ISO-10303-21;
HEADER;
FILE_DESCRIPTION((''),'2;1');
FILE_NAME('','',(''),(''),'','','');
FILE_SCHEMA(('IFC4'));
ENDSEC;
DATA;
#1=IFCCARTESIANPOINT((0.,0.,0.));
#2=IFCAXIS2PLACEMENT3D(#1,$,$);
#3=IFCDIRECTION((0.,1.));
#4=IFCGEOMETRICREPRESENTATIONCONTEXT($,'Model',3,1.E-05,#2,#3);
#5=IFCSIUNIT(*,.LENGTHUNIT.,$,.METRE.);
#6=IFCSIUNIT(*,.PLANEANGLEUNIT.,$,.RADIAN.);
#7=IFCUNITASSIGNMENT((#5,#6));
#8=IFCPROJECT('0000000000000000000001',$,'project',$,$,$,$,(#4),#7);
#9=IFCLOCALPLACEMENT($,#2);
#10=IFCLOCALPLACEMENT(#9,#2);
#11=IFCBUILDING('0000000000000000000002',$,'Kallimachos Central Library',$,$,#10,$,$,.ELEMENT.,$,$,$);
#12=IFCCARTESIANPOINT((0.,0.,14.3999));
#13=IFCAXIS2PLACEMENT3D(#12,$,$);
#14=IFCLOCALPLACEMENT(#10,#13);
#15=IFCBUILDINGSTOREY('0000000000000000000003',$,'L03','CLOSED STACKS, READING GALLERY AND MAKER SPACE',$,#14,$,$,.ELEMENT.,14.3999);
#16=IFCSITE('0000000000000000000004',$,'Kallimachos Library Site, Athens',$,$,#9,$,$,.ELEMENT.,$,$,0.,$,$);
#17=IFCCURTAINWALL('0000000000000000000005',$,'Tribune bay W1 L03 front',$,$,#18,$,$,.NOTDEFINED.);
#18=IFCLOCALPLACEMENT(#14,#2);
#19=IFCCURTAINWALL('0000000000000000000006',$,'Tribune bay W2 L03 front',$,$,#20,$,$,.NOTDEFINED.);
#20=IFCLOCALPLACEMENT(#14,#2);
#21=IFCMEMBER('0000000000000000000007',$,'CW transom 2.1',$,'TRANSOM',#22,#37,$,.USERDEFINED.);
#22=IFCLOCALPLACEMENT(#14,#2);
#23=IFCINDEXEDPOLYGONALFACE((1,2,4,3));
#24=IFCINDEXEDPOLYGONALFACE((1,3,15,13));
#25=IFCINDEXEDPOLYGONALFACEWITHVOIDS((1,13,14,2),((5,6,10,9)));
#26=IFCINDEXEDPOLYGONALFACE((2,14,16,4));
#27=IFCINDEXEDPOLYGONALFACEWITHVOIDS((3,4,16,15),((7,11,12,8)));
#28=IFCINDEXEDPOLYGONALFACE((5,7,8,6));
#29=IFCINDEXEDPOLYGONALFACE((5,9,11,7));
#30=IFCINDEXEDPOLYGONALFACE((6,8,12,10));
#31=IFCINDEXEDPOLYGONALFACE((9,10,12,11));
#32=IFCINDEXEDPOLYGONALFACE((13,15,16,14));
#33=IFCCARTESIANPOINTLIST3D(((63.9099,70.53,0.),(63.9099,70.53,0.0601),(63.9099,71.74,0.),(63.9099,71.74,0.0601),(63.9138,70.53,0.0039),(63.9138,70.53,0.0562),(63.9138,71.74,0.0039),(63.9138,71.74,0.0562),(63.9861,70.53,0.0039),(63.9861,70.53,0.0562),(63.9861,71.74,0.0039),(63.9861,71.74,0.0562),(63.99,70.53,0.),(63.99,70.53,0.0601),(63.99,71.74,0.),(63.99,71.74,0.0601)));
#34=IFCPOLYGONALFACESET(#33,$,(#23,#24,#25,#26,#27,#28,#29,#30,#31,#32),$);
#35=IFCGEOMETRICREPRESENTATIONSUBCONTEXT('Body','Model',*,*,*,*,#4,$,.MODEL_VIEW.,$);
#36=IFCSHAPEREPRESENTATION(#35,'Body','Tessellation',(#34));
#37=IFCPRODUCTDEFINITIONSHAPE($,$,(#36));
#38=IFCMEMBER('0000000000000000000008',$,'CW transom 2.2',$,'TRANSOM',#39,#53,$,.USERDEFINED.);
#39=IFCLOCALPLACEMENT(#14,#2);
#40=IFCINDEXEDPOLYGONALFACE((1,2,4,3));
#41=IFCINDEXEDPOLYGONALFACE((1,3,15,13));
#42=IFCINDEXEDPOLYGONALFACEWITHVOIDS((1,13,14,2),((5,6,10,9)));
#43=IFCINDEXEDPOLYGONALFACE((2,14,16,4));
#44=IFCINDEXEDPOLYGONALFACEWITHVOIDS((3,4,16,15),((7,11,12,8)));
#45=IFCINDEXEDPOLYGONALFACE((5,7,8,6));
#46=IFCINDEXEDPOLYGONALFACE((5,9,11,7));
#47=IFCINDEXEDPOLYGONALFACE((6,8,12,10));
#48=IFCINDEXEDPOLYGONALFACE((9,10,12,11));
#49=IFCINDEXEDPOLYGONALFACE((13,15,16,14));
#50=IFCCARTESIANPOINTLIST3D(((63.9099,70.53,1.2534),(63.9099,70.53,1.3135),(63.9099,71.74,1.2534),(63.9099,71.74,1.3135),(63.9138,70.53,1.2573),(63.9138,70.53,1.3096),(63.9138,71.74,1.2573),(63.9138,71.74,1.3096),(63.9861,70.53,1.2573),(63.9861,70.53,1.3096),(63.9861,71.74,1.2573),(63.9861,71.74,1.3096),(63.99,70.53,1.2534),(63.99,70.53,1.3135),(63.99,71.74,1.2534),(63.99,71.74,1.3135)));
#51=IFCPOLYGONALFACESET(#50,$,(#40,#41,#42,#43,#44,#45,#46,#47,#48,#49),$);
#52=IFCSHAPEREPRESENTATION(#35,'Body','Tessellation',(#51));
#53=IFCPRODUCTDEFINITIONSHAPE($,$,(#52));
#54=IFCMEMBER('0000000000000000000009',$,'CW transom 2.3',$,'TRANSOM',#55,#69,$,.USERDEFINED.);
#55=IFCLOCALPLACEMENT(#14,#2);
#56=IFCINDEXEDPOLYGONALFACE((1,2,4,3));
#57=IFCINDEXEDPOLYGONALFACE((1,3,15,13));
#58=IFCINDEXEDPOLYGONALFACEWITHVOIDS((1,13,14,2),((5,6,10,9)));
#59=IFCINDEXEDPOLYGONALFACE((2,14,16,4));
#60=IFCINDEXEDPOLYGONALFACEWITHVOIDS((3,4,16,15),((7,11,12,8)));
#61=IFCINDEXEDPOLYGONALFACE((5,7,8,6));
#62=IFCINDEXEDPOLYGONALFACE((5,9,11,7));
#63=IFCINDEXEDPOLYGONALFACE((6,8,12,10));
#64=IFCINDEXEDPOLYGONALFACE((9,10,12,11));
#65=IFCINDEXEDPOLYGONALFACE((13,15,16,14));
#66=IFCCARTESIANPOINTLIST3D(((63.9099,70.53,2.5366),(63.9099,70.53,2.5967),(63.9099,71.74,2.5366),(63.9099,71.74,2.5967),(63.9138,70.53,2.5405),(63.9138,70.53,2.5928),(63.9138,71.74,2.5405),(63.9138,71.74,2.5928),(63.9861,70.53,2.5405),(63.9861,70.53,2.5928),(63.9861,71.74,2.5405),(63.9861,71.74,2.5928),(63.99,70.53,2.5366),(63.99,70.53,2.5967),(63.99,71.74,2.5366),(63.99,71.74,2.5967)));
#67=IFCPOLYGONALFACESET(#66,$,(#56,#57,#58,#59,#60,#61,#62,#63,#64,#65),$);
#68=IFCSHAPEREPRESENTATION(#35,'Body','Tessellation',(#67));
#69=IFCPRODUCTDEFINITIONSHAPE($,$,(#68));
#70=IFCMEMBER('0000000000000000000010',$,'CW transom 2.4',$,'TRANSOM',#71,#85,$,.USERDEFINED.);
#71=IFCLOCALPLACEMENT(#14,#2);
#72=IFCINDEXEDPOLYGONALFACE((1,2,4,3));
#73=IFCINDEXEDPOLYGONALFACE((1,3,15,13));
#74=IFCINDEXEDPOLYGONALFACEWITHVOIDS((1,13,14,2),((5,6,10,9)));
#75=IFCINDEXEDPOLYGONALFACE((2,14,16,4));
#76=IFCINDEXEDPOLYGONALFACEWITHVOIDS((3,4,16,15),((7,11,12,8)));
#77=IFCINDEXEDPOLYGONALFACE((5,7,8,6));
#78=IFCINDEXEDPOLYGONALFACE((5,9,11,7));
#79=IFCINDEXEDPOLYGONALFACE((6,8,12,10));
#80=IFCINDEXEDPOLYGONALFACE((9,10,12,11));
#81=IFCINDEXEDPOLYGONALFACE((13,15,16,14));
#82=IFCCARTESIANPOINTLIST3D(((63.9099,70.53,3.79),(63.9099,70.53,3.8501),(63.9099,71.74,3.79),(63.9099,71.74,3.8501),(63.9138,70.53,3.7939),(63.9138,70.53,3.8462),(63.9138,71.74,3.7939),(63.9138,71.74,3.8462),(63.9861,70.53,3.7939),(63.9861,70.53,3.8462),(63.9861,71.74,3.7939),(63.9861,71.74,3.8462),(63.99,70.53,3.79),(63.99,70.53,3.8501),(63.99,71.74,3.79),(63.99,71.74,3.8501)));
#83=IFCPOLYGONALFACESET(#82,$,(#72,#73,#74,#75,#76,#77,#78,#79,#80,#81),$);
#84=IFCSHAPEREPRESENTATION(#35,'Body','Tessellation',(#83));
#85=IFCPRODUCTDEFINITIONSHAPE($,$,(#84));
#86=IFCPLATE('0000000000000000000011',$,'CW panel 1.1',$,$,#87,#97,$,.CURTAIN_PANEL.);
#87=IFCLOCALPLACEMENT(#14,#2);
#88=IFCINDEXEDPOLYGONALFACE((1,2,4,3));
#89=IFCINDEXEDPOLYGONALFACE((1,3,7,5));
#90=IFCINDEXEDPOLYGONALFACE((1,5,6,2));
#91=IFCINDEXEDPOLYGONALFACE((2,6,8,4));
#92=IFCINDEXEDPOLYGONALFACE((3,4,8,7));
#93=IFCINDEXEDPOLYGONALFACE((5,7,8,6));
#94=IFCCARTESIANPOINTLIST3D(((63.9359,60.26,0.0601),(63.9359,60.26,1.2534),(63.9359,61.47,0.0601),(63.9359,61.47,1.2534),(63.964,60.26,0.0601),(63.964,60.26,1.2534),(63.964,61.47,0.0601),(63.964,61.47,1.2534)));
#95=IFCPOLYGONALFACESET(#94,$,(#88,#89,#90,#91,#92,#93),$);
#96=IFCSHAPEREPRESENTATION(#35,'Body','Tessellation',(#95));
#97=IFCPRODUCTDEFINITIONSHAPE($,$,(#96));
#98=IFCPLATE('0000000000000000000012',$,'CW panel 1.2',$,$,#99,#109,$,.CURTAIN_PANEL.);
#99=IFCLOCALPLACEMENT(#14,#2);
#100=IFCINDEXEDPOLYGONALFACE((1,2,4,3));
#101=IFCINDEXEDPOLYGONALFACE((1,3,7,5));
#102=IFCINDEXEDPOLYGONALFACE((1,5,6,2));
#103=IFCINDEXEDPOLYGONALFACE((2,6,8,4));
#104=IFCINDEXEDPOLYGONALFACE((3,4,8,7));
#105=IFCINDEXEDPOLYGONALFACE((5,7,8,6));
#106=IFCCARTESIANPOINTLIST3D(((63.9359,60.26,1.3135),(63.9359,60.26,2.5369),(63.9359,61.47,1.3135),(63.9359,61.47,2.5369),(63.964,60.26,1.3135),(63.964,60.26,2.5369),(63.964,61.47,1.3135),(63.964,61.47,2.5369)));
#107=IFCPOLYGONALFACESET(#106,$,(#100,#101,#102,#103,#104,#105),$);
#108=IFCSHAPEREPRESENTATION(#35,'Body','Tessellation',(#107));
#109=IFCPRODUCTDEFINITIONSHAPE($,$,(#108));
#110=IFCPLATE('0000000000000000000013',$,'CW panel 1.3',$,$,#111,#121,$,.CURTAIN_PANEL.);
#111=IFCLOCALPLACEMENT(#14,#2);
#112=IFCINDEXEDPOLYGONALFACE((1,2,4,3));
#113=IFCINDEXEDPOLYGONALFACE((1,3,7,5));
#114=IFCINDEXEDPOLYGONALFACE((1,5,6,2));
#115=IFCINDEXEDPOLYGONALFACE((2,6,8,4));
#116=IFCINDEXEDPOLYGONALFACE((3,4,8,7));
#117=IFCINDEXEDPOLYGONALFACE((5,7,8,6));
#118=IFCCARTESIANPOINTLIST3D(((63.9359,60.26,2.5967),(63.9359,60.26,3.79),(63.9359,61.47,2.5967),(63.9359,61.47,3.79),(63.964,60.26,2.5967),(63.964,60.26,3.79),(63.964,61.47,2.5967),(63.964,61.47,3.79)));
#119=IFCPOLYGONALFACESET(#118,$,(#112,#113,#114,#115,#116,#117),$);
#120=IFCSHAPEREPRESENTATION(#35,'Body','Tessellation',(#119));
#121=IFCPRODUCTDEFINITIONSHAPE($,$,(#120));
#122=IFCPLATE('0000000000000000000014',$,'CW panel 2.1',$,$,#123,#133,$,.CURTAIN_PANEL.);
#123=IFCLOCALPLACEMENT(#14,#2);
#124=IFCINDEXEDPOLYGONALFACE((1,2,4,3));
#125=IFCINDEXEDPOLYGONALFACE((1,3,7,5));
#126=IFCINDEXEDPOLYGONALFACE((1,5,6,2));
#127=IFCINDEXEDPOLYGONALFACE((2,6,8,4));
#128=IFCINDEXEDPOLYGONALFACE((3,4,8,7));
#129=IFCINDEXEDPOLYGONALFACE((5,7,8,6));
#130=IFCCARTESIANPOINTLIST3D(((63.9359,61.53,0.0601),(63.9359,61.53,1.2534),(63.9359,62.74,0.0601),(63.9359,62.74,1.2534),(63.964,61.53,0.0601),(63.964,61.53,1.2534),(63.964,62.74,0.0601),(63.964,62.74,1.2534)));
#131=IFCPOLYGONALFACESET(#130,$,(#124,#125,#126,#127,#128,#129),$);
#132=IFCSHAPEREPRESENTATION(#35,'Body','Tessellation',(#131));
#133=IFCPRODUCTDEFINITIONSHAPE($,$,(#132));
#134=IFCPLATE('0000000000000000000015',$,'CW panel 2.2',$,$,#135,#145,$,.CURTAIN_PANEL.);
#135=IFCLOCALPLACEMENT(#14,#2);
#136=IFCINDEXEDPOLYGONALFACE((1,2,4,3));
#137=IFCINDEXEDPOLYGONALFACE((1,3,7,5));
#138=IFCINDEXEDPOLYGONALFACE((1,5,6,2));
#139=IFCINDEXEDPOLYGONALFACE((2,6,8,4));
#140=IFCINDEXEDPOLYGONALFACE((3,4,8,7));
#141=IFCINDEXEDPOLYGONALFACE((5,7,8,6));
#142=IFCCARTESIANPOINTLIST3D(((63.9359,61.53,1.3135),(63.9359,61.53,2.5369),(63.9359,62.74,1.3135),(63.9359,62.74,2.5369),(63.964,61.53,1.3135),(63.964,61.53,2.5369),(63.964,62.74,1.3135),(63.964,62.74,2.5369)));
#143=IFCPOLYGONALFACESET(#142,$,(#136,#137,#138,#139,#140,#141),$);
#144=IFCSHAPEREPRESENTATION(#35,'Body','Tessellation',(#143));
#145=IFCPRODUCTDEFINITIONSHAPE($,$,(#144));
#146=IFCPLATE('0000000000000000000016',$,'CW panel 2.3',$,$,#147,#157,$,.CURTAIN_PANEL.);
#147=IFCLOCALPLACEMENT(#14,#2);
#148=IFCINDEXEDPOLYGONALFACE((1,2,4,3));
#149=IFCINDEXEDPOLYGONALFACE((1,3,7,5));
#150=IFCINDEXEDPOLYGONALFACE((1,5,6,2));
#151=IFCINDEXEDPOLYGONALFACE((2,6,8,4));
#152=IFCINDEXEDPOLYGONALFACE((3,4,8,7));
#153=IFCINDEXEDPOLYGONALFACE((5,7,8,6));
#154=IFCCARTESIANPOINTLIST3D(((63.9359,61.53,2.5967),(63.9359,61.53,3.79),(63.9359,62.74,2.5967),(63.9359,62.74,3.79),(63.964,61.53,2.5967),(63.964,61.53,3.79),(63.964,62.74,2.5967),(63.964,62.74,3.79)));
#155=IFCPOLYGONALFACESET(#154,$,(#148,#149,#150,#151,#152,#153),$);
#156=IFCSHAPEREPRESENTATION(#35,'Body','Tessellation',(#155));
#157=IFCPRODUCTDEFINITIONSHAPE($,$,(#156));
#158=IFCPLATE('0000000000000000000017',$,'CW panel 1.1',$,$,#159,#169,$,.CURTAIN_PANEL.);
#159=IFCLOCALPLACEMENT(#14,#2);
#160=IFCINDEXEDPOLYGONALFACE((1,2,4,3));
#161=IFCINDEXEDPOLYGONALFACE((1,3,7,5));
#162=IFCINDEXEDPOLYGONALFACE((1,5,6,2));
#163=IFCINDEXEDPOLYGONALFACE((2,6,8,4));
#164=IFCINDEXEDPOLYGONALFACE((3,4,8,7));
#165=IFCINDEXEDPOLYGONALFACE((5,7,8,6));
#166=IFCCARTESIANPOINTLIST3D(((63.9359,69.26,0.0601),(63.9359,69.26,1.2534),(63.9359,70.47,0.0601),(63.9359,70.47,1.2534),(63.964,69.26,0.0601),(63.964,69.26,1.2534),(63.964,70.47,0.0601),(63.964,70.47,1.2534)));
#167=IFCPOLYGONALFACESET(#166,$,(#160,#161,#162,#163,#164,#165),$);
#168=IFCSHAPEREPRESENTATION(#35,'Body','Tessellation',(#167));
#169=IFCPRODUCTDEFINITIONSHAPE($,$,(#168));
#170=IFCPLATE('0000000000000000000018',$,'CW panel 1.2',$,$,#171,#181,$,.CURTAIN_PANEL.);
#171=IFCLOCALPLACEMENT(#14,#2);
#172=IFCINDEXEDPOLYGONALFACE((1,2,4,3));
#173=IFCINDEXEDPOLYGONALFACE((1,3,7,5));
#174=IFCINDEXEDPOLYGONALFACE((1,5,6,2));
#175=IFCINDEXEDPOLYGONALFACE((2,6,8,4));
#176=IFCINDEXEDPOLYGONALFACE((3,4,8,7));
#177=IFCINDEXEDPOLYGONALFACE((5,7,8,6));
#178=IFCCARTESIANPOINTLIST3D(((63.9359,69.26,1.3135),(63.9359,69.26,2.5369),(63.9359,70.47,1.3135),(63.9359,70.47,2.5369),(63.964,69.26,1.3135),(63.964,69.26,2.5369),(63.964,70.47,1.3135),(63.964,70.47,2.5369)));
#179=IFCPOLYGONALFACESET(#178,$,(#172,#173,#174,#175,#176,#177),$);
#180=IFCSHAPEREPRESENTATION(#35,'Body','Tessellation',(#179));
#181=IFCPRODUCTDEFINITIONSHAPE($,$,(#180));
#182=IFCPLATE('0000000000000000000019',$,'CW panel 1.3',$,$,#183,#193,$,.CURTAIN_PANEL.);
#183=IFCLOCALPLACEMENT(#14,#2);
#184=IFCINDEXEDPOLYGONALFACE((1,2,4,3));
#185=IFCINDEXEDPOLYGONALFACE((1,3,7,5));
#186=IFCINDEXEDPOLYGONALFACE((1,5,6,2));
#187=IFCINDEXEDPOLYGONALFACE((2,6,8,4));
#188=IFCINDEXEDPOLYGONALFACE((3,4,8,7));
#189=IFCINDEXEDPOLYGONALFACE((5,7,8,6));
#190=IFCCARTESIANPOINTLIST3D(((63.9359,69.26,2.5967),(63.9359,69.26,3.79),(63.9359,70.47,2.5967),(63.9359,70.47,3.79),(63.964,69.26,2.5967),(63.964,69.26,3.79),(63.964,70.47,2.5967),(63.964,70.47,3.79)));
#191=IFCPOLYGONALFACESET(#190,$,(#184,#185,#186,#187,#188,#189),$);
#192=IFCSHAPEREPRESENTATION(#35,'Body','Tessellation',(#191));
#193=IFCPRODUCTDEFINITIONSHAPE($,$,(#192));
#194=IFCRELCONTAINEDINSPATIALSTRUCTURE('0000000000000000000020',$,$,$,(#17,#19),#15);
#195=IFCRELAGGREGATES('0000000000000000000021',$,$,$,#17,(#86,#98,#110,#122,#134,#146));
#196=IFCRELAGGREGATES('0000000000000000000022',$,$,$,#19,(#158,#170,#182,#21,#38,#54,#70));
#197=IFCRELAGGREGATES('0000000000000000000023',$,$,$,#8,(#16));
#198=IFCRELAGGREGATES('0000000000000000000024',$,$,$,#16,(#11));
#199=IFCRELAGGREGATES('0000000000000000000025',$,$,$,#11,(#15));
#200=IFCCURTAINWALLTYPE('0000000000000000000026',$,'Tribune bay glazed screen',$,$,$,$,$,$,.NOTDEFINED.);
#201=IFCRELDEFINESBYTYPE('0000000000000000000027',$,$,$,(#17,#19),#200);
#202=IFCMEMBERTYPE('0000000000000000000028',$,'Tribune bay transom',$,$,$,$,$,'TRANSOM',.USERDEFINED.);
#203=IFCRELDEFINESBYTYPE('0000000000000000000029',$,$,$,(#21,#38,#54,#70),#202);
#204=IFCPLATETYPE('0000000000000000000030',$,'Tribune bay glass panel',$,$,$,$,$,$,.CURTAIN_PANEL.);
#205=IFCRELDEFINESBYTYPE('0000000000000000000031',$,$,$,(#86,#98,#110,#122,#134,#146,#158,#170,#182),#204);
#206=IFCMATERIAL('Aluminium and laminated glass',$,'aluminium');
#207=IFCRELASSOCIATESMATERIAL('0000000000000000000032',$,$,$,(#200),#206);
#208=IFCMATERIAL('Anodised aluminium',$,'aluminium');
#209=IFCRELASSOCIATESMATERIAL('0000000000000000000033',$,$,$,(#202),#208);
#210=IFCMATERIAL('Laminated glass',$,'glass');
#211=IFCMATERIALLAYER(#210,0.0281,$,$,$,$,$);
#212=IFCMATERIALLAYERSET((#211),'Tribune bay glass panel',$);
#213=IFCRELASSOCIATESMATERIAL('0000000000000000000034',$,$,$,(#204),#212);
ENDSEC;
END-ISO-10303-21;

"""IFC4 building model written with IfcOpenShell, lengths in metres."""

from ifc_helpers import new_model, si_unit, direction, frame, origin, origin_2d, place, context, subcontext, project, spatial, rectangle, hollow_rectangle, extrude, material, layer, layer_set, material_profile, profile_set, type_object, element, aggregate, save


model = new_model("IFC4")

# Units and contexts
model_context = context("Model", 3, precision=1e-05, world=origin(), true_north=direction((0.0, 1.0)))
body_context = subcontext(model_context, "Body", "Model", "MODEL_VIEW")
ifc_project = project(units=[si_unit("LENGTHUNIT", "METRE"), si_unit("PLANEANGLEUNIT", "RADIAN")], contexts=[model_context])

# Site, building, storey
site_placement = place(None, origin())
site = spatial("IfcSite", under=ifc_project, at=site_placement, Name="Kallimachos Library Site, Athens", CompositionType="ELEMENT", RefElevation=0.0)
building_placement = place(site_placement, origin())
building = spatial("IfcBuilding", under=site, at=building_placement, Name="Kallimachos Central Library", CompositionType="ELEMENT")
storey_placement = place(building_placement, frame((0.0, 0.0, 14.3999)))
storey = spatial("IfcBuildingStorey", under=building, at=storey_placement, Name="L03", Description="CLOSED STACKS, READING GALLERY AND MAKER SPACE", CompositionType="ELEMENT", Elevation=14.3999)

# Curtain wall
ifc_material_1 = material(Name="Aluminium and laminated glass", Category="aluminium")
curtain_wall_type = type_object("IfcCurtainWallType", Name="Tribune bay glazed screen", PredefinedType="NOTDEFINED", material=ifc_material_1)
curtain_wall_1_placement = place(storey_placement, origin())
curtain_wall_1 = element("IfcCurtainWall", 1, at=curtain_wall_1_placement, inside=storey, type_object=curtain_wall_type, Name="Tribune bay W1 L03 front", PredefinedType="NOTDEFINED")

# Curtain wall
curtain_wall_2_placement = place(storey_placement, origin())
curtain_wall_2 = element("IfcCurtainWall", 2, at=curtain_wall_2_placement, inside=storey, type_object=curtain_wall_type, Name="Tribune bay W2 L03 front", PredefinedType="NOTDEFINED")

# Members
ifc_material_2 = material(Name="Anodised aluminium", Category="aluminium")
ifc_material_profile_1 = material_profile(ifc_material_2, hollow_rectangle(XDim=0.0601, YDim=0.0801, WallThickness=0.0039, at=origin_2d()), Name="ALU TRANSOM 60x80")
ifc_profile_set_1 = profile_set([ifc_material_profile_1], Name="Anodised aluminium")
member_type_1 = type_object("IfcMemberType", Name="Tribune bay transom", ElementType="TRANSOM", PredefinedType="USERDEFINED", material=ifc_profile_set_1)
member_1_placement = place(storey_placement, frame((63.95, 70.53, 0.03), z_axis=(0.0, 1.0, 0.0), x_axis=(0.0, 0.0, 1.0)))
member_1 = element("IfcMember", 3, at=member_1_placement, type_object=member_type_1, Name="CW transom 2.1", ObjectType="TRANSOM", PredefinedType="USERDEFINED", context=body_context, shape_type="SweptSolid", body=[
    extrude(hollow_rectangle(XDim=0.0601, YDim=0.0801, WallThickness=0.0039, at=origin_2d()), origin(), (0.0, 0.0, 1.0), 1.21),
])
member_2_placement = place(storey_placement, frame((63.95, 70.53, 1.2834), z_axis=(0.0, 1.0, 0.0), x_axis=(0.0, 0.0, 1.0)))
member_2 = element("IfcMember", 4, at=member_2_placement, type_object=member_type_1, Name="CW transom 2.2", ObjectType="TRANSOM", PredefinedType="USERDEFINED", context=body_context, shape_type="SweptSolid", body=[
    extrude(hollow_rectangle(XDim=0.0601, YDim=0.0801, WallThickness=0.0039, at=origin_2d()), origin(), (0.0, 0.0, 1.0), 1.21),
])
member_3_placement = place(storey_placement, frame((63.95, 70.53, 2.5667), z_axis=(0.0, 1.0, 0.0), x_axis=(0.0, 0.0, 1.0)))
member_3 = element("IfcMember", 5, at=member_3_placement, type_object=member_type_1, Name="CW transom 2.3", ObjectType="TRANSOM", PredefinedType="USERDEFINED", context=body_context, shape_type="SweptSolid", body=[
    extrude(hollow_rectangle(XDim=0.0601, YDim=0.0801, WallThickness=0.0039, at=origin_2d()), origin(), (0.0, 0.0, 1.0), 1.21),
])
member_4_placement = place(storey_placement, frame((63.95, 70.53, 3.8201), z_axis=(0.0, 1.0, 0.0), x_axis=(0.0, 0.0, 1.0)))
member_4 = element("IfcMember", 6, at=member_4_placement, type_object=member_type_1, Name="CW transom 2.4", ObjectType="TRANSOM", PredefinedType="USERDEFINED", context=body_context, shape_type="SweptSolid", body=[
    extrude(hollow_rectangle(XDim=0.0601, YDim=0.0801, WallThickness=0.0039, at=origin_2d()), origin(), (0.0, 0.0, 1.0), 1.21),
])

# Plates
ifc_material_3 = material(Name="Laminated glass", Category="glass")
ifc_layer = layer(ifc_material_3, 0.0281)
ifc_layer_set = layer_set([ifc_layer], Name="Tribune bay glass panel")
plate_type = type_object("IfcPlateType", Name="Tribune bay glass panel", PredefinedType="CURTAIN_PANEL", material=ifc_layer_set)
plate_1_placement = place(storey_placement, frame((63.95, 60.865, 0.0601), z_axis=(0.0, 0.0, 1.0), x_axis=(0.0, 1.0, 0.0)))
plate_1 = element("IfcPlate", 7, at=plate_1_placement, type_object=plate_type, Name="CW panel 1.1", PredefinedType="CURTAIN_PANEL", context=body_context, shape_type="SweptSolid", body=[
    extrude(rectangle(XDim=1.21, YDim=0.0281, at=origin_2d()), origin(), (0.0, 0.0, 1.0), 1.1934),
])
plate_2_placement = place(storey_placement, frame((63.95, 60.865, 1.3135), z_axis=(0.0, 0.0, 1.0), x_axis=(0.0, 1.0, 0.0)))
plate_2 = element("IfcPlate", 8, at=plate_2_placement, type_object=plate_type, Name="CW panel 1.2", PredefinedType="CURTAIN_PANEL", context=body_context, shape_type="SweptSolid", body=[
    extrude(rectangle(XDim=1.21, YDim=0.0281, at=origin_2d()), origin(), (0.0, 0.0, 1.0), 1.2234),
])
plate_3_placement = place(storey_placement, frame((63.95, 60.865, 2.5967), z_axis=(0.0, 0.0, 1.0), x_axis=(0.0, 1.0, 0.0)))
plate_3 = element("IfcPlate", 9, at=plate_3_placement, type_object=plate_type, Name="CW panel 1.3", PredefinedType="CURTAIN_PANEL", context=body_context, shape_type="SweptSolid", body=[
    extrude(rectangle(XDim=1.21, YDim=0.0281, at=origin_2d()), origin(), (0.0, 0.0, 1.0), 1.1934),
])
plate_4_placement = place(storey_placement, frame((63.95, 62.135, 0.0601), z_axis=(0.0, 0.0, 1.0), x_axis=(0.0, 1.0, 0.0)))
plate_4 = element("IfcPlate", 10, at=plate_4_placement, type_object=plate_type, Name="CW panel 2.1", PredefinedType="CURTAIN_PANEL", context=body_context, shape_type="SweptSolid", body=[
    extrude(rectangle(XDim=1.21, YDim=0.0281, at=origin_2d()), origin(), (0.0, 0.0, 1.0), 1.1934),
])
plate_5_placement = place(storey_placement, frame((63.95, 62.135, 1.3135), z_axis=(0.0, 0.0, 1.0), x_axis=(0.0, 1.0, 0.0)))
plate_5 = element("IfcPlate", 11, at=plate_5_placement, type_object=plate_type, Name="CW panel 2.2", PredefinedType="CURTAIN_PANEL", context=body_context, shape_type="SweptSolid", body=[
    extrude(rectangle(XDim=1.21, YDim=0.0281, at=origin_2d()), origin(), (0.0, 0.0, 1.0), 1.2234),
])
plate_6_placement = place(storey_placement, frame((63.95, 62.135, 2.5967), z_axis=(0.0, 0.0, 1.0), x_axis=(0.0, 1.0, 0.0)))
plate_6 = element("IfcPlate", 12, at=plate_6_placement, type_object=plate_type, Name="CW panel 2.3", PredefinedType="CURTAIN_PANEL", context=body_context, shape_type="SweptSolid", body=[
    extrude(rectangle(XDim=1.21, YDim=0.0281, at=origin_2d()), origin(), (0.0, 0.0, 1.0), 1.1934),
])
aggregate(curtain_wall_1, [plate_1, plate_2, plate_3, plate_4, plate_5, plate_6])
plate_7_placement = place(storey_placement, frame((63.95, 69.865, 0.0601), z_axis=(0.0, 0.0, 1.0), x_axis=(0.0, 1.0, 0.0)))
plate_7 = element("IfcPlate", 13, at=plate_7_placement, type_object=plate_type, Name="CW panel 1.1", PredefinedType="CURTAIN_PANEL", context=body_context, shape_type="SweptSolid", body=[
    extrude(rectangle(XDim=1.21, YDim=0.0281, at=origin_2d()), origin(), (0.0, 0.0, 1.0), 1.1934),
])
plate_8_placement = place(storey_placement, frame((63.95, 69.865, 1.3135), z_axis=(0.0, 0.0, 1.0), x_axis=(0.0, 1.0, 0.0)))
plate_8 = element("IfcPlate", 14, at=plate_8_placement, type_object=plate_type, Name="CW panel 1.2", PredefinedType="CURTAIN_PANEL", context=body_context, shape_type="SweptSolid", body=[
    extrude(rectangle(XDim=1.21, YDim=0.0281, at=origin_2d()), origin(), (0.0, 0.0, 1.0), 1.2234),
])
plate_9_placement = place(storey_placement, frame((63.95, 69.865, 2.5967), z_axis=(0.0, 0.0, 1.0), x_axis=(0.0, 1.0, 0.0)))
plate_9 = element("IfcPlate", 15, at=plate_9_placement, type_object=plate_type, Name="CW panel 1.3", PredefinedType="CURTAIN_PANEL", context=body_context, shape_type="SweptSolid", body=[
    extrude(rectangle(XDim=1.21, YDim=0.0281, at=origin_2d()), origin(), (0.0, 0.0, 1.0), 1.1934),
])
aggregate(curtain_wall_2, [plate_7, plate_8, plate_9, member_1, member_2, member_3, member_4])

save(model, "model.ifc")
